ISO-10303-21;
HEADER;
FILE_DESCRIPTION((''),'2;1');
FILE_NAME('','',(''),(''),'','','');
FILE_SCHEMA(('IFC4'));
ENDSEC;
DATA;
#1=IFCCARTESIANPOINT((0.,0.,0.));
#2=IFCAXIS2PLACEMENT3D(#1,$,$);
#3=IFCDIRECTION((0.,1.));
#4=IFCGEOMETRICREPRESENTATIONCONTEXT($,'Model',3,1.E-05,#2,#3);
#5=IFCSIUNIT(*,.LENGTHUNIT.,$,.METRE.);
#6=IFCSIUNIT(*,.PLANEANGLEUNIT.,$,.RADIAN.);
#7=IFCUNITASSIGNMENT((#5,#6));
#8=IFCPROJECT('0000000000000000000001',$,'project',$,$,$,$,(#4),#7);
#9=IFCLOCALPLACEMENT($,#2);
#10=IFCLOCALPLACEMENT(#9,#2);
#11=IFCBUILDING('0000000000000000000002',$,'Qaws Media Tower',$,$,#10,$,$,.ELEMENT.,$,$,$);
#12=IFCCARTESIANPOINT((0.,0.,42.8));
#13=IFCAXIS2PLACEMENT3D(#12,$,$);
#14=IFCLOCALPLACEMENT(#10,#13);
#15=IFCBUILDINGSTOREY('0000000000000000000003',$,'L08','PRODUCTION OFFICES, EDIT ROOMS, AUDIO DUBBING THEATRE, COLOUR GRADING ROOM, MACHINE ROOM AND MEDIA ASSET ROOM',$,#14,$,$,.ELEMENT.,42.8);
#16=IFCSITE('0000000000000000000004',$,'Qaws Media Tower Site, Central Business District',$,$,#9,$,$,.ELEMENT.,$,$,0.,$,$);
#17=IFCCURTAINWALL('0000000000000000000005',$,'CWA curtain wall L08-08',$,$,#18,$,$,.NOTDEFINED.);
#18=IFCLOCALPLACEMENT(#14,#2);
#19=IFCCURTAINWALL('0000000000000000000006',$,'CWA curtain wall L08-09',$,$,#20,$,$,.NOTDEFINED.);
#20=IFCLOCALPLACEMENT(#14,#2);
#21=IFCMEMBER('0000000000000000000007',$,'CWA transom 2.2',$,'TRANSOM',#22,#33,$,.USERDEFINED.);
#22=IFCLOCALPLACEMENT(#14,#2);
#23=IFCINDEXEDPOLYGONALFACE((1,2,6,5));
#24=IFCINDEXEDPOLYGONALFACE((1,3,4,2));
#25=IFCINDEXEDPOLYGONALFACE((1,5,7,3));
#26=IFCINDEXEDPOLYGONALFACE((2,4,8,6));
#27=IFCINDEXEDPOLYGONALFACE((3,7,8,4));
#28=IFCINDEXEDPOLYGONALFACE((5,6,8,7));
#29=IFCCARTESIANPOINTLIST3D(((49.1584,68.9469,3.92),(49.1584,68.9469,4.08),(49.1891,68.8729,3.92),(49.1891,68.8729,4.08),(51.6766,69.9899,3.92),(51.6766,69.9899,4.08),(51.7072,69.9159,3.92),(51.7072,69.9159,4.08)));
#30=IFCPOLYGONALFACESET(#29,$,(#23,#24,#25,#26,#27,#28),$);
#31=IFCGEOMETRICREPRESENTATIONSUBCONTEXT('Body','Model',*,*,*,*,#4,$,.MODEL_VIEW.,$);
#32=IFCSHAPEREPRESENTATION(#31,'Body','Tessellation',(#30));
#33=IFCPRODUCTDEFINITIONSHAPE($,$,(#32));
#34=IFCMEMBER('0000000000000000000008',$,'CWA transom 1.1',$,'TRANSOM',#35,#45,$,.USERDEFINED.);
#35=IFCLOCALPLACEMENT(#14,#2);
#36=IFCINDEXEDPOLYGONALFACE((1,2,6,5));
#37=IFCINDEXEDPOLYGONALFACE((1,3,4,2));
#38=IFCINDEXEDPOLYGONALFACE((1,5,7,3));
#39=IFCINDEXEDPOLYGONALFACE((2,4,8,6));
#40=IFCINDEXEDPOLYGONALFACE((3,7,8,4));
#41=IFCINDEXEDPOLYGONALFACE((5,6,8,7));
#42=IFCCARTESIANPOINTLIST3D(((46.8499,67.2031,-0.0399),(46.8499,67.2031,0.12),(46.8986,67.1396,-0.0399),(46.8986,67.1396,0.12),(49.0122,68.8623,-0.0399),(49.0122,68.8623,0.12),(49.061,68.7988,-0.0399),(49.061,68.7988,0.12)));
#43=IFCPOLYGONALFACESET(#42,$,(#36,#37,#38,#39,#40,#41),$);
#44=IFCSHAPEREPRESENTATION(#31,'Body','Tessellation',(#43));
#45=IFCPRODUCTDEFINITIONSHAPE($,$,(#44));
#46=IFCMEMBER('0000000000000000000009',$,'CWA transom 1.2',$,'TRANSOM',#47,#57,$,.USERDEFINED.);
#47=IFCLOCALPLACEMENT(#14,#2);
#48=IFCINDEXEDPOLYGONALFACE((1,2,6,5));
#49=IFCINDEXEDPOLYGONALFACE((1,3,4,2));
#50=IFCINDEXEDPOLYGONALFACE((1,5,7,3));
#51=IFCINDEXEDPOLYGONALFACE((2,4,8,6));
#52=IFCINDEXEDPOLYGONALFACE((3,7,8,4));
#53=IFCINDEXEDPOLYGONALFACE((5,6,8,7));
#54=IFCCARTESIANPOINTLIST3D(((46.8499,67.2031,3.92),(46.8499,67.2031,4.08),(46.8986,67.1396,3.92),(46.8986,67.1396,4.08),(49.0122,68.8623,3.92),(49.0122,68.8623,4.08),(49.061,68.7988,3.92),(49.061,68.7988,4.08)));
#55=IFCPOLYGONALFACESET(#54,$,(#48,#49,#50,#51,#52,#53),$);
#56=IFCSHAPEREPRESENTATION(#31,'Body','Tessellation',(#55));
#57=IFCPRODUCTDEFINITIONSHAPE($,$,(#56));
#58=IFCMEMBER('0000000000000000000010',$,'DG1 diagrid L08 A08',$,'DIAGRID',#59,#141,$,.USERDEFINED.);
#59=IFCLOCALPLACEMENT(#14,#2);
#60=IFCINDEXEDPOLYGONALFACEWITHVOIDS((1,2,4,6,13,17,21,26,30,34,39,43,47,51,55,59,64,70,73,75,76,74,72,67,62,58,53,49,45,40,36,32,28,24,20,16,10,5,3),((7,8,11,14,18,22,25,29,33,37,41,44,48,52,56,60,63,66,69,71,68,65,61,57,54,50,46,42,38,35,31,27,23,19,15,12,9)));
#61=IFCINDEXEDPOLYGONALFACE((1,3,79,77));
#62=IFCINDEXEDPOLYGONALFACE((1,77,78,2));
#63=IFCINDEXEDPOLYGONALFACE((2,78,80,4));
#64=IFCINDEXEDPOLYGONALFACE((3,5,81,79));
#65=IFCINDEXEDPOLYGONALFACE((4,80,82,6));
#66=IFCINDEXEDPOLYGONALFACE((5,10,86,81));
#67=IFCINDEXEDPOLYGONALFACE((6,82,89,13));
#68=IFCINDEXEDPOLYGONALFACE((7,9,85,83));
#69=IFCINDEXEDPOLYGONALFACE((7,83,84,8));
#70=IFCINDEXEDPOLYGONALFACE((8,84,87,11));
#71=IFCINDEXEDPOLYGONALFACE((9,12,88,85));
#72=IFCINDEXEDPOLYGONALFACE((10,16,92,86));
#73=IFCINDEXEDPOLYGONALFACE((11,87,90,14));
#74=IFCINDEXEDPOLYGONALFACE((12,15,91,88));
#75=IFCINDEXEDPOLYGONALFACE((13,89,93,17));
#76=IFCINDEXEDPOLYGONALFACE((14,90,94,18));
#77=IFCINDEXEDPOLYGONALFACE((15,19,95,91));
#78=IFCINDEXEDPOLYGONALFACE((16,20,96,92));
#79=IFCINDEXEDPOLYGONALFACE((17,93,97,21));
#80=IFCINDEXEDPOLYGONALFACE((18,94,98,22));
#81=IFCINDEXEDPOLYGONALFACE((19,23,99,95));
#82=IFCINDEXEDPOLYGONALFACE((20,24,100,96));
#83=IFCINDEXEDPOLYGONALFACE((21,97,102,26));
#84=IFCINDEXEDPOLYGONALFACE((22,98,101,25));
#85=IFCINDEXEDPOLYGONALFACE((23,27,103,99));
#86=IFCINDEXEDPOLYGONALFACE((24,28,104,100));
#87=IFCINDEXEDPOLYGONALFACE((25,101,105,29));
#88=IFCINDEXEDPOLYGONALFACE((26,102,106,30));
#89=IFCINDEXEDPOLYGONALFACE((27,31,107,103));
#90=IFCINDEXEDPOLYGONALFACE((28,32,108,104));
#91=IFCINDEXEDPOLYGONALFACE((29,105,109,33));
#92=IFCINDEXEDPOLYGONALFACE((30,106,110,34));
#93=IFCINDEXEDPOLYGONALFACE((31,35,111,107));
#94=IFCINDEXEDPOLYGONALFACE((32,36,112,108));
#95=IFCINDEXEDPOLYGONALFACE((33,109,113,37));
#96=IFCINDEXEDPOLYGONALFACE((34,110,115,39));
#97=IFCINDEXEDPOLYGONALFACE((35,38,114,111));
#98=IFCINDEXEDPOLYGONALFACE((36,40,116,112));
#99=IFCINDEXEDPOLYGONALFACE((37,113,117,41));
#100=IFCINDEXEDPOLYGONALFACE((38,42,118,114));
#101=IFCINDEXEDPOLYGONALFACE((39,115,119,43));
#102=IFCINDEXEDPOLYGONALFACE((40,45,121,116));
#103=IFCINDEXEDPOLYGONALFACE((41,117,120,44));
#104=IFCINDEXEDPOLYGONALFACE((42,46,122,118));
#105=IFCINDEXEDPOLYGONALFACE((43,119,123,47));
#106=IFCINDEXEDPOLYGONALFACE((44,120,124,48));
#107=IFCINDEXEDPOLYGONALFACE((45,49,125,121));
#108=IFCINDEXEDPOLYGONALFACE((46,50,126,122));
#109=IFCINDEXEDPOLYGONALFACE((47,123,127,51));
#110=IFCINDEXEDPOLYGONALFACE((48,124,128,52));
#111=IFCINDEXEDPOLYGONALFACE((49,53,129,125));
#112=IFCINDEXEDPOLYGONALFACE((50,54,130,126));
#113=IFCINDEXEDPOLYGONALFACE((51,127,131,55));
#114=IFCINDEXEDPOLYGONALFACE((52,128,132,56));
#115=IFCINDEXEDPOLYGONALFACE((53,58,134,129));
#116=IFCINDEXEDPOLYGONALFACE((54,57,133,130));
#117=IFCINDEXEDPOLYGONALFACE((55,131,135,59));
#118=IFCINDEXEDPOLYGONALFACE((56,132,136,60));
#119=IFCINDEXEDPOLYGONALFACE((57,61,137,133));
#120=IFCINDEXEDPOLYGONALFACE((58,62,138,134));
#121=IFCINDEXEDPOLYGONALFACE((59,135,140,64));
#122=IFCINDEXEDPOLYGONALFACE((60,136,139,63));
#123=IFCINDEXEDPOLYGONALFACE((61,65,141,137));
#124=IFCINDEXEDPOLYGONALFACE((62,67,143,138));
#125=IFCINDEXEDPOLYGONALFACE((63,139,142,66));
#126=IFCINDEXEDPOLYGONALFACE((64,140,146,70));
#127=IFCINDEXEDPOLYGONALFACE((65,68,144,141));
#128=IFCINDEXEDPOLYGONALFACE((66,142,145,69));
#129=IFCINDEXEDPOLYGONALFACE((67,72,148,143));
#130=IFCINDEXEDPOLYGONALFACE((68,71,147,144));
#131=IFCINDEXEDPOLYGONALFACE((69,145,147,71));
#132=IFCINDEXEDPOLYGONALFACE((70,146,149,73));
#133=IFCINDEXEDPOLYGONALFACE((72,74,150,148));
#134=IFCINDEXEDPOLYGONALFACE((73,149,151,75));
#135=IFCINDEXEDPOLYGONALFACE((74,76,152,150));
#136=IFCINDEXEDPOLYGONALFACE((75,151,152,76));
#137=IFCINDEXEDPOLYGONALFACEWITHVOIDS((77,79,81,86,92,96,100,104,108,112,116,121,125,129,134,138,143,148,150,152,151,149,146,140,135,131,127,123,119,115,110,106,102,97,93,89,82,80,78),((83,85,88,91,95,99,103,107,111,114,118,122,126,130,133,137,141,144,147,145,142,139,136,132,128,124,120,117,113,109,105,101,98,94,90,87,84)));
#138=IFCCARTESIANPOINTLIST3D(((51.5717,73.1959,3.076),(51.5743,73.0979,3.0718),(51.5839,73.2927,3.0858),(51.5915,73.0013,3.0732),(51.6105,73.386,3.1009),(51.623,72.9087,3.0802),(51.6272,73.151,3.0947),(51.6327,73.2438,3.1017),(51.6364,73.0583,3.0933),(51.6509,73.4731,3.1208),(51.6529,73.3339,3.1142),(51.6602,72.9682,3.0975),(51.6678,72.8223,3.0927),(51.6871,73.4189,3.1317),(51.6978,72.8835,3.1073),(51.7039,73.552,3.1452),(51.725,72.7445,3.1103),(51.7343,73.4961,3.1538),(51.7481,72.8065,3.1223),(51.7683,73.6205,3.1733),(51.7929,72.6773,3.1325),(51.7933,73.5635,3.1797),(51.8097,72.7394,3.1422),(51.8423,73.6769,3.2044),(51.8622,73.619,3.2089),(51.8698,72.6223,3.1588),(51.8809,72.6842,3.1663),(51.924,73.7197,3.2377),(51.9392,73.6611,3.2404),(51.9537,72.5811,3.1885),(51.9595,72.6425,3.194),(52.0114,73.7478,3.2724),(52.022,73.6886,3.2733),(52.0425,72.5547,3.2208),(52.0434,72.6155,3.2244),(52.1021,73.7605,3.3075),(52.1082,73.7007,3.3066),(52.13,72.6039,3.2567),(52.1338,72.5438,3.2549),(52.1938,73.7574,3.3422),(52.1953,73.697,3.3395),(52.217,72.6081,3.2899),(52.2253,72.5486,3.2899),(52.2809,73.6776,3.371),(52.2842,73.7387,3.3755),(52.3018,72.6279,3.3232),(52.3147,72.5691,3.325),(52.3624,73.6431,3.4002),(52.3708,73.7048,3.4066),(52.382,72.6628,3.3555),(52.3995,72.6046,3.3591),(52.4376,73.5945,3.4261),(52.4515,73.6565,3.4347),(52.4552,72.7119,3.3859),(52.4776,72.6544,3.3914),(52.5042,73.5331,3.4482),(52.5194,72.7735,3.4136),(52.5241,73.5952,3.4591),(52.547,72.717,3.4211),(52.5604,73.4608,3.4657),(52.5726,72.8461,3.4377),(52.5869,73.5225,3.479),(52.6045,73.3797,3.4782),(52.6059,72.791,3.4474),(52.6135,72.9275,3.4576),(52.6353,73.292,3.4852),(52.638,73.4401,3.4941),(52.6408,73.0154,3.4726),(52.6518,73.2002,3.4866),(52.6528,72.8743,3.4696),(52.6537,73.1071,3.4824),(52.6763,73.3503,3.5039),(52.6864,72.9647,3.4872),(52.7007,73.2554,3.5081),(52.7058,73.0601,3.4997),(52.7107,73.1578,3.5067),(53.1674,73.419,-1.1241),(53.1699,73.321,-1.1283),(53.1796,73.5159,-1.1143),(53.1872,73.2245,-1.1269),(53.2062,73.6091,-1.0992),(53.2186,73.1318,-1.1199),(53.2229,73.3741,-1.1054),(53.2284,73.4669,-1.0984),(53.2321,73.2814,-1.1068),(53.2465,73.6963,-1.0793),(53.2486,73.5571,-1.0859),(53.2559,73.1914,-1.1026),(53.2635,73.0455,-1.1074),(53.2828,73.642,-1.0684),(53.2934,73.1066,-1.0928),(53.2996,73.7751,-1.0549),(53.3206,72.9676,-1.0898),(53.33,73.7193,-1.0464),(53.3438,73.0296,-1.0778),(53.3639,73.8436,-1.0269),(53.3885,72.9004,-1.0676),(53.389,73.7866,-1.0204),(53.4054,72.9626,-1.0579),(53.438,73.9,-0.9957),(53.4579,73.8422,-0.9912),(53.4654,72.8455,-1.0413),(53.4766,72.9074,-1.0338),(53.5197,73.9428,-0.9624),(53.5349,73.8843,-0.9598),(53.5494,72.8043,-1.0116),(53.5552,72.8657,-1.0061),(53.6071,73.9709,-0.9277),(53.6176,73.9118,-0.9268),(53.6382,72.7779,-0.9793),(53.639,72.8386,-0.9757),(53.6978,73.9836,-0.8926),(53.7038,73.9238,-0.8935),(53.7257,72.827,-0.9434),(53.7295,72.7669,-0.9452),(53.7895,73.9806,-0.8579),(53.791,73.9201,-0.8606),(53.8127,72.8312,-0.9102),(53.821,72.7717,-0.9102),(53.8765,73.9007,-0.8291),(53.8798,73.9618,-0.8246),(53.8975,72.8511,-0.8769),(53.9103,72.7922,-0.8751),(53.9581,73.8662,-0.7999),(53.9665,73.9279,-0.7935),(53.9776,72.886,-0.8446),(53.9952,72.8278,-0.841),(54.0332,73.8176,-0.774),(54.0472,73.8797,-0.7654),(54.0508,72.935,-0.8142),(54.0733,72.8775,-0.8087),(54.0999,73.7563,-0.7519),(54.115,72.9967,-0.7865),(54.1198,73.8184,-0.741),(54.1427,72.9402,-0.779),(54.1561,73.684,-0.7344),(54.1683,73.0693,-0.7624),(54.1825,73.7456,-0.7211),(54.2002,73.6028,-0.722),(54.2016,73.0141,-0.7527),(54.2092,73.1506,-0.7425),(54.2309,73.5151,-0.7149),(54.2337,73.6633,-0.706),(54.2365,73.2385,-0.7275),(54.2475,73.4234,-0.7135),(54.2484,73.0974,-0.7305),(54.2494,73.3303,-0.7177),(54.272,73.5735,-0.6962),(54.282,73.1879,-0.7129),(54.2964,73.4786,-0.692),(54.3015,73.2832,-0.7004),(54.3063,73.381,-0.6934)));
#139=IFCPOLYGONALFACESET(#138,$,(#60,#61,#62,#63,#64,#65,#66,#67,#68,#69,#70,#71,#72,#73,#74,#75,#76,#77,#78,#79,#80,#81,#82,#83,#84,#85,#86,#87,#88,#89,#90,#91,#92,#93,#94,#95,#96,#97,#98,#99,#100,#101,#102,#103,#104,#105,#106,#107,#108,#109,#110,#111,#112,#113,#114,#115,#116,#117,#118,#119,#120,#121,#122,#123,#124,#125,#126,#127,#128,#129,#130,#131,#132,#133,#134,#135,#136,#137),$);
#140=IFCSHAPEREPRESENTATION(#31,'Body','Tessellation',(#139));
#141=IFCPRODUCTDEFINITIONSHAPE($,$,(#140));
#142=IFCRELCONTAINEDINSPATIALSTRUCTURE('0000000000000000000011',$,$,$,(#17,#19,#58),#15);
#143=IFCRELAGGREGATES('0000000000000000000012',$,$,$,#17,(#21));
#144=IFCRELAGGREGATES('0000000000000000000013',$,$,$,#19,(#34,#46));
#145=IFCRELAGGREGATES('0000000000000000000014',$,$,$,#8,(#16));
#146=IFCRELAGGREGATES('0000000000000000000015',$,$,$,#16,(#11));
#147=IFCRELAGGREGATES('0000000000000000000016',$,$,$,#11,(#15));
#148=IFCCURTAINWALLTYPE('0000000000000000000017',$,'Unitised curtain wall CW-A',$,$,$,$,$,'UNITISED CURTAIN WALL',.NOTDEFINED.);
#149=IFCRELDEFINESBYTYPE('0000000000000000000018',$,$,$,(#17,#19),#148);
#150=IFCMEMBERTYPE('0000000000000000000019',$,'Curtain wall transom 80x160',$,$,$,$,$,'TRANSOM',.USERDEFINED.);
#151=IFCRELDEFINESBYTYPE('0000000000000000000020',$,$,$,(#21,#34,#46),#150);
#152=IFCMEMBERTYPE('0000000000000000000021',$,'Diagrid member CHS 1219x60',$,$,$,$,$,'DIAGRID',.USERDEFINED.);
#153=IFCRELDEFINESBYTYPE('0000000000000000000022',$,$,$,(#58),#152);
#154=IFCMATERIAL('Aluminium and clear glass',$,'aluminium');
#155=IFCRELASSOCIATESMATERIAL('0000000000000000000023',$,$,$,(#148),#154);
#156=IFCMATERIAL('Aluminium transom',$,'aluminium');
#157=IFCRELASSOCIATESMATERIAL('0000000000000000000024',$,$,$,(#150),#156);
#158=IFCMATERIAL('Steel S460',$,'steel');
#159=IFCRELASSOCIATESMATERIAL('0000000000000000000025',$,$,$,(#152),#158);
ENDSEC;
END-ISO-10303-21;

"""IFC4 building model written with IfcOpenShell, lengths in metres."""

from ifc_helpers import new_model, si_unit, direction, frame, origin, origin_2d, place, context, subcontext, project, spatial, rectangle, hollow_circle, extrude, material, material_profile, profile_set, type_object, element, aggregate, save


model = new_model("IFC4")

# Units and contexts
model_context = context("Model", 3, precision=1e-05, world=origin(), true_north=direction((0.0, 1.0)))
body_context = subcontext(model_context, "Body", "Model", "MODEL_VIEW")
ifc_project = project(units=[si_unit("LENGTHUNIT", "METRE"), si_unit("PLANEANGLEUNIT", "RADIAN")], contexts=[model_context])

# Site, building, storey
site_placement = place(None, origin())
site = spatial("IfcSite", under=ifc_project, at=site_placement, Name="Qaws Media Tower Site, Central Business District", CompositionType="ELEMENT", RefElevation=0.0)
building_placement = place(site_placement, origin())
building = spatial("IfcBuilding", under=site, at=building_placement, Name="Qaws Media Tower", CompositionType="ELEMENT")
storey_placement = place(building_placement, frame((0.0, 0.0, 42.8)))
storey = spatial("IfcBuildingStorey", under=building, at=storey_placement, Name="L08", Description="PRODUCTION OFFICES, EDIT ROOMS, AUDIO DUBBING THEATRE, COLOUR GRADING ROOM, MACHINE ROOM AND MEDIA ASSET ROOM", CompositionType="ELEMENT", Elevation=42.8)

# Curtain wall
ifc_material_1 = material(Name="Aluminium and clear glass", Category="aluminium")
curtain_wall_type = type_object("IfcCurtainWallType", Name="Unitised curtain wall CW-A", ElementType="UNITISED CURTAIN WALL", PredefinedType="NOTDEFINED", material=ifc_material_1)
curtain_wall_1_placement = place(storey_placement, origin())
curtain_wall_1 = element("IfcCurtainWall", 1, at=curtain_wall_1_placement, inside=storey, type_object=curtain_wall_type, Name="CWA curtain wall L08-08", PredefinedType="NOTDEFINED")

# Curtain wall
curtain_wall_2_placement = place(storey_placement, origin())
curtain_wall_2 = element("IfcCurtainWall", 2, at=curtain_wall_2_placement, inside=storey, type_object=curtain_wall_type, Name="CWA curtain wall L08-09", PredefinedType="NOTDEFINED")

# Members
ifc_material_2 = material(Name="Aluminium transom", Category="aluminium")
ifc_material_profile_1 = material_profile(ifc_material_2, rectangle(XDim=0.0801, YDim=0.1599, at=origin_2d()), Name="80x160")
ifc_profile_set_1 = profile_set([ifc_material_profile_1], Name="Aluminium transom")
member_type_1 = type_object("IfcMemberType", Name="Curtain wall transom 80x160", ElementType="TRANSOM", PredefinedType="USERDEFINED", material=ifc_profile_set_1)
member_1_placement = place(storey_placement, frame((51.6919, 69.9529, 4.0), z_axis=(-0.923886, -0.382668, 0.0), x_axis=(0.382668, -0.923886, 0.0)))
member_1 = element("IfcMember", 3, at=member_1_placement, type_object=member_type_1, Name="CWA transom 2.2", ObjectType="TRANSOM", PredefinedType="USERDEFINED", context=body_context, shape_type="SweptSolid", body=[
    extrude(rectangle(XDim=0.0801, YDim=0.1599, at=origin_2d()), origin(), (0.0, 0.0, 1.0), 2.7256),
])
member_2_placement = place(storey_placement, frame((49.0366, 68.8306, 0.04), z_axis=(-0.793363, -0.608749, 0.0), x_axis=(0.608749, -0.793363, 0.0)))
member_2 = element("IfcMember", 4, at=member_2_placement, type_object=member_type_1, Name="CWA transom 1.1", ObjectType="TRANSOM", PredefinedType="USERDEFINED", context=body_context, shape_type="SweptSolid", body=[
    extrude(rectangle(XDim=0.0801, YDim=0.1599, at=origin_2d()), origin(), (0.0, 0.0, 1.0), 2.7256),
])
member_3_placement = place(storey_placement, frame((49.0366, 68.8306, 4.0), z_axis=(-0.793363, -0.608749, 0.0), x_axis=(0.608749, -0.793363, 0.0)))
member_3 = element("IfcMember", 5, at=member_3_placement, type_object=member_type_1, Name="CWA transom 1.2", ObjectType="TRANSOM", PredefinedType="USERDEFINED", context=body_context, shape_type="SweptSolid", body=[
    extrude(rectangle(XDim=0.0801, YDim=0.1599, at=origin_2d()), origin(), (0.0, 0.0, 1.0), 2.7256),
])

# Member
ifc_material_3 = material(Name="Steel S460", Category="steel")
ifc_material_profile_2 = material_profile(ifc_material_3, hollow_circle(Radius=0.6096, WallThickness=0.0601, at=origin_2d()), Name="CHS 1219x60")
ifc_profile_set_2 = profile_set([ifc_material_profile_2], Name="Steel S460")
member_type_2 = type_object("IfcMemberType", Name="Diagrid member CHS 1219x60", ElementType="DIAGRID", PredefinedType="USERDEFINED", material=ifc_profile_set_2)
for number, where, z_axis, x_axis, name in (
    (6, (53.7366, 73.3755, -0.9102), (-0.354708, -0.049603, 0.93366), (0.138493, -0.990363, 0.0), "DG1 diagrid L08 A08"),
):
    element("IfcMember", number, at=place(storey_placement, frame(where, z_axis=z_axis, x_axis=x_axis)), inside=storey, type_object=member_type_2, Name=name, ObjectType="DIAGRID", PredefinedType="USERDEFINED", context=body_context, shape_type="SweptSolid", body=[
        extrude(hollow_circle(Radius=0.6096, WallThickness=0.0601, at=origin_2d()), origin(), (0.0, 0.0, 1.0), 4.4985),
    ])

aggregate(curtain_wall_1, [member_1])
aggregate(curtain_wall_2, [member_2, member_3])

save(model, "model.ifc")
